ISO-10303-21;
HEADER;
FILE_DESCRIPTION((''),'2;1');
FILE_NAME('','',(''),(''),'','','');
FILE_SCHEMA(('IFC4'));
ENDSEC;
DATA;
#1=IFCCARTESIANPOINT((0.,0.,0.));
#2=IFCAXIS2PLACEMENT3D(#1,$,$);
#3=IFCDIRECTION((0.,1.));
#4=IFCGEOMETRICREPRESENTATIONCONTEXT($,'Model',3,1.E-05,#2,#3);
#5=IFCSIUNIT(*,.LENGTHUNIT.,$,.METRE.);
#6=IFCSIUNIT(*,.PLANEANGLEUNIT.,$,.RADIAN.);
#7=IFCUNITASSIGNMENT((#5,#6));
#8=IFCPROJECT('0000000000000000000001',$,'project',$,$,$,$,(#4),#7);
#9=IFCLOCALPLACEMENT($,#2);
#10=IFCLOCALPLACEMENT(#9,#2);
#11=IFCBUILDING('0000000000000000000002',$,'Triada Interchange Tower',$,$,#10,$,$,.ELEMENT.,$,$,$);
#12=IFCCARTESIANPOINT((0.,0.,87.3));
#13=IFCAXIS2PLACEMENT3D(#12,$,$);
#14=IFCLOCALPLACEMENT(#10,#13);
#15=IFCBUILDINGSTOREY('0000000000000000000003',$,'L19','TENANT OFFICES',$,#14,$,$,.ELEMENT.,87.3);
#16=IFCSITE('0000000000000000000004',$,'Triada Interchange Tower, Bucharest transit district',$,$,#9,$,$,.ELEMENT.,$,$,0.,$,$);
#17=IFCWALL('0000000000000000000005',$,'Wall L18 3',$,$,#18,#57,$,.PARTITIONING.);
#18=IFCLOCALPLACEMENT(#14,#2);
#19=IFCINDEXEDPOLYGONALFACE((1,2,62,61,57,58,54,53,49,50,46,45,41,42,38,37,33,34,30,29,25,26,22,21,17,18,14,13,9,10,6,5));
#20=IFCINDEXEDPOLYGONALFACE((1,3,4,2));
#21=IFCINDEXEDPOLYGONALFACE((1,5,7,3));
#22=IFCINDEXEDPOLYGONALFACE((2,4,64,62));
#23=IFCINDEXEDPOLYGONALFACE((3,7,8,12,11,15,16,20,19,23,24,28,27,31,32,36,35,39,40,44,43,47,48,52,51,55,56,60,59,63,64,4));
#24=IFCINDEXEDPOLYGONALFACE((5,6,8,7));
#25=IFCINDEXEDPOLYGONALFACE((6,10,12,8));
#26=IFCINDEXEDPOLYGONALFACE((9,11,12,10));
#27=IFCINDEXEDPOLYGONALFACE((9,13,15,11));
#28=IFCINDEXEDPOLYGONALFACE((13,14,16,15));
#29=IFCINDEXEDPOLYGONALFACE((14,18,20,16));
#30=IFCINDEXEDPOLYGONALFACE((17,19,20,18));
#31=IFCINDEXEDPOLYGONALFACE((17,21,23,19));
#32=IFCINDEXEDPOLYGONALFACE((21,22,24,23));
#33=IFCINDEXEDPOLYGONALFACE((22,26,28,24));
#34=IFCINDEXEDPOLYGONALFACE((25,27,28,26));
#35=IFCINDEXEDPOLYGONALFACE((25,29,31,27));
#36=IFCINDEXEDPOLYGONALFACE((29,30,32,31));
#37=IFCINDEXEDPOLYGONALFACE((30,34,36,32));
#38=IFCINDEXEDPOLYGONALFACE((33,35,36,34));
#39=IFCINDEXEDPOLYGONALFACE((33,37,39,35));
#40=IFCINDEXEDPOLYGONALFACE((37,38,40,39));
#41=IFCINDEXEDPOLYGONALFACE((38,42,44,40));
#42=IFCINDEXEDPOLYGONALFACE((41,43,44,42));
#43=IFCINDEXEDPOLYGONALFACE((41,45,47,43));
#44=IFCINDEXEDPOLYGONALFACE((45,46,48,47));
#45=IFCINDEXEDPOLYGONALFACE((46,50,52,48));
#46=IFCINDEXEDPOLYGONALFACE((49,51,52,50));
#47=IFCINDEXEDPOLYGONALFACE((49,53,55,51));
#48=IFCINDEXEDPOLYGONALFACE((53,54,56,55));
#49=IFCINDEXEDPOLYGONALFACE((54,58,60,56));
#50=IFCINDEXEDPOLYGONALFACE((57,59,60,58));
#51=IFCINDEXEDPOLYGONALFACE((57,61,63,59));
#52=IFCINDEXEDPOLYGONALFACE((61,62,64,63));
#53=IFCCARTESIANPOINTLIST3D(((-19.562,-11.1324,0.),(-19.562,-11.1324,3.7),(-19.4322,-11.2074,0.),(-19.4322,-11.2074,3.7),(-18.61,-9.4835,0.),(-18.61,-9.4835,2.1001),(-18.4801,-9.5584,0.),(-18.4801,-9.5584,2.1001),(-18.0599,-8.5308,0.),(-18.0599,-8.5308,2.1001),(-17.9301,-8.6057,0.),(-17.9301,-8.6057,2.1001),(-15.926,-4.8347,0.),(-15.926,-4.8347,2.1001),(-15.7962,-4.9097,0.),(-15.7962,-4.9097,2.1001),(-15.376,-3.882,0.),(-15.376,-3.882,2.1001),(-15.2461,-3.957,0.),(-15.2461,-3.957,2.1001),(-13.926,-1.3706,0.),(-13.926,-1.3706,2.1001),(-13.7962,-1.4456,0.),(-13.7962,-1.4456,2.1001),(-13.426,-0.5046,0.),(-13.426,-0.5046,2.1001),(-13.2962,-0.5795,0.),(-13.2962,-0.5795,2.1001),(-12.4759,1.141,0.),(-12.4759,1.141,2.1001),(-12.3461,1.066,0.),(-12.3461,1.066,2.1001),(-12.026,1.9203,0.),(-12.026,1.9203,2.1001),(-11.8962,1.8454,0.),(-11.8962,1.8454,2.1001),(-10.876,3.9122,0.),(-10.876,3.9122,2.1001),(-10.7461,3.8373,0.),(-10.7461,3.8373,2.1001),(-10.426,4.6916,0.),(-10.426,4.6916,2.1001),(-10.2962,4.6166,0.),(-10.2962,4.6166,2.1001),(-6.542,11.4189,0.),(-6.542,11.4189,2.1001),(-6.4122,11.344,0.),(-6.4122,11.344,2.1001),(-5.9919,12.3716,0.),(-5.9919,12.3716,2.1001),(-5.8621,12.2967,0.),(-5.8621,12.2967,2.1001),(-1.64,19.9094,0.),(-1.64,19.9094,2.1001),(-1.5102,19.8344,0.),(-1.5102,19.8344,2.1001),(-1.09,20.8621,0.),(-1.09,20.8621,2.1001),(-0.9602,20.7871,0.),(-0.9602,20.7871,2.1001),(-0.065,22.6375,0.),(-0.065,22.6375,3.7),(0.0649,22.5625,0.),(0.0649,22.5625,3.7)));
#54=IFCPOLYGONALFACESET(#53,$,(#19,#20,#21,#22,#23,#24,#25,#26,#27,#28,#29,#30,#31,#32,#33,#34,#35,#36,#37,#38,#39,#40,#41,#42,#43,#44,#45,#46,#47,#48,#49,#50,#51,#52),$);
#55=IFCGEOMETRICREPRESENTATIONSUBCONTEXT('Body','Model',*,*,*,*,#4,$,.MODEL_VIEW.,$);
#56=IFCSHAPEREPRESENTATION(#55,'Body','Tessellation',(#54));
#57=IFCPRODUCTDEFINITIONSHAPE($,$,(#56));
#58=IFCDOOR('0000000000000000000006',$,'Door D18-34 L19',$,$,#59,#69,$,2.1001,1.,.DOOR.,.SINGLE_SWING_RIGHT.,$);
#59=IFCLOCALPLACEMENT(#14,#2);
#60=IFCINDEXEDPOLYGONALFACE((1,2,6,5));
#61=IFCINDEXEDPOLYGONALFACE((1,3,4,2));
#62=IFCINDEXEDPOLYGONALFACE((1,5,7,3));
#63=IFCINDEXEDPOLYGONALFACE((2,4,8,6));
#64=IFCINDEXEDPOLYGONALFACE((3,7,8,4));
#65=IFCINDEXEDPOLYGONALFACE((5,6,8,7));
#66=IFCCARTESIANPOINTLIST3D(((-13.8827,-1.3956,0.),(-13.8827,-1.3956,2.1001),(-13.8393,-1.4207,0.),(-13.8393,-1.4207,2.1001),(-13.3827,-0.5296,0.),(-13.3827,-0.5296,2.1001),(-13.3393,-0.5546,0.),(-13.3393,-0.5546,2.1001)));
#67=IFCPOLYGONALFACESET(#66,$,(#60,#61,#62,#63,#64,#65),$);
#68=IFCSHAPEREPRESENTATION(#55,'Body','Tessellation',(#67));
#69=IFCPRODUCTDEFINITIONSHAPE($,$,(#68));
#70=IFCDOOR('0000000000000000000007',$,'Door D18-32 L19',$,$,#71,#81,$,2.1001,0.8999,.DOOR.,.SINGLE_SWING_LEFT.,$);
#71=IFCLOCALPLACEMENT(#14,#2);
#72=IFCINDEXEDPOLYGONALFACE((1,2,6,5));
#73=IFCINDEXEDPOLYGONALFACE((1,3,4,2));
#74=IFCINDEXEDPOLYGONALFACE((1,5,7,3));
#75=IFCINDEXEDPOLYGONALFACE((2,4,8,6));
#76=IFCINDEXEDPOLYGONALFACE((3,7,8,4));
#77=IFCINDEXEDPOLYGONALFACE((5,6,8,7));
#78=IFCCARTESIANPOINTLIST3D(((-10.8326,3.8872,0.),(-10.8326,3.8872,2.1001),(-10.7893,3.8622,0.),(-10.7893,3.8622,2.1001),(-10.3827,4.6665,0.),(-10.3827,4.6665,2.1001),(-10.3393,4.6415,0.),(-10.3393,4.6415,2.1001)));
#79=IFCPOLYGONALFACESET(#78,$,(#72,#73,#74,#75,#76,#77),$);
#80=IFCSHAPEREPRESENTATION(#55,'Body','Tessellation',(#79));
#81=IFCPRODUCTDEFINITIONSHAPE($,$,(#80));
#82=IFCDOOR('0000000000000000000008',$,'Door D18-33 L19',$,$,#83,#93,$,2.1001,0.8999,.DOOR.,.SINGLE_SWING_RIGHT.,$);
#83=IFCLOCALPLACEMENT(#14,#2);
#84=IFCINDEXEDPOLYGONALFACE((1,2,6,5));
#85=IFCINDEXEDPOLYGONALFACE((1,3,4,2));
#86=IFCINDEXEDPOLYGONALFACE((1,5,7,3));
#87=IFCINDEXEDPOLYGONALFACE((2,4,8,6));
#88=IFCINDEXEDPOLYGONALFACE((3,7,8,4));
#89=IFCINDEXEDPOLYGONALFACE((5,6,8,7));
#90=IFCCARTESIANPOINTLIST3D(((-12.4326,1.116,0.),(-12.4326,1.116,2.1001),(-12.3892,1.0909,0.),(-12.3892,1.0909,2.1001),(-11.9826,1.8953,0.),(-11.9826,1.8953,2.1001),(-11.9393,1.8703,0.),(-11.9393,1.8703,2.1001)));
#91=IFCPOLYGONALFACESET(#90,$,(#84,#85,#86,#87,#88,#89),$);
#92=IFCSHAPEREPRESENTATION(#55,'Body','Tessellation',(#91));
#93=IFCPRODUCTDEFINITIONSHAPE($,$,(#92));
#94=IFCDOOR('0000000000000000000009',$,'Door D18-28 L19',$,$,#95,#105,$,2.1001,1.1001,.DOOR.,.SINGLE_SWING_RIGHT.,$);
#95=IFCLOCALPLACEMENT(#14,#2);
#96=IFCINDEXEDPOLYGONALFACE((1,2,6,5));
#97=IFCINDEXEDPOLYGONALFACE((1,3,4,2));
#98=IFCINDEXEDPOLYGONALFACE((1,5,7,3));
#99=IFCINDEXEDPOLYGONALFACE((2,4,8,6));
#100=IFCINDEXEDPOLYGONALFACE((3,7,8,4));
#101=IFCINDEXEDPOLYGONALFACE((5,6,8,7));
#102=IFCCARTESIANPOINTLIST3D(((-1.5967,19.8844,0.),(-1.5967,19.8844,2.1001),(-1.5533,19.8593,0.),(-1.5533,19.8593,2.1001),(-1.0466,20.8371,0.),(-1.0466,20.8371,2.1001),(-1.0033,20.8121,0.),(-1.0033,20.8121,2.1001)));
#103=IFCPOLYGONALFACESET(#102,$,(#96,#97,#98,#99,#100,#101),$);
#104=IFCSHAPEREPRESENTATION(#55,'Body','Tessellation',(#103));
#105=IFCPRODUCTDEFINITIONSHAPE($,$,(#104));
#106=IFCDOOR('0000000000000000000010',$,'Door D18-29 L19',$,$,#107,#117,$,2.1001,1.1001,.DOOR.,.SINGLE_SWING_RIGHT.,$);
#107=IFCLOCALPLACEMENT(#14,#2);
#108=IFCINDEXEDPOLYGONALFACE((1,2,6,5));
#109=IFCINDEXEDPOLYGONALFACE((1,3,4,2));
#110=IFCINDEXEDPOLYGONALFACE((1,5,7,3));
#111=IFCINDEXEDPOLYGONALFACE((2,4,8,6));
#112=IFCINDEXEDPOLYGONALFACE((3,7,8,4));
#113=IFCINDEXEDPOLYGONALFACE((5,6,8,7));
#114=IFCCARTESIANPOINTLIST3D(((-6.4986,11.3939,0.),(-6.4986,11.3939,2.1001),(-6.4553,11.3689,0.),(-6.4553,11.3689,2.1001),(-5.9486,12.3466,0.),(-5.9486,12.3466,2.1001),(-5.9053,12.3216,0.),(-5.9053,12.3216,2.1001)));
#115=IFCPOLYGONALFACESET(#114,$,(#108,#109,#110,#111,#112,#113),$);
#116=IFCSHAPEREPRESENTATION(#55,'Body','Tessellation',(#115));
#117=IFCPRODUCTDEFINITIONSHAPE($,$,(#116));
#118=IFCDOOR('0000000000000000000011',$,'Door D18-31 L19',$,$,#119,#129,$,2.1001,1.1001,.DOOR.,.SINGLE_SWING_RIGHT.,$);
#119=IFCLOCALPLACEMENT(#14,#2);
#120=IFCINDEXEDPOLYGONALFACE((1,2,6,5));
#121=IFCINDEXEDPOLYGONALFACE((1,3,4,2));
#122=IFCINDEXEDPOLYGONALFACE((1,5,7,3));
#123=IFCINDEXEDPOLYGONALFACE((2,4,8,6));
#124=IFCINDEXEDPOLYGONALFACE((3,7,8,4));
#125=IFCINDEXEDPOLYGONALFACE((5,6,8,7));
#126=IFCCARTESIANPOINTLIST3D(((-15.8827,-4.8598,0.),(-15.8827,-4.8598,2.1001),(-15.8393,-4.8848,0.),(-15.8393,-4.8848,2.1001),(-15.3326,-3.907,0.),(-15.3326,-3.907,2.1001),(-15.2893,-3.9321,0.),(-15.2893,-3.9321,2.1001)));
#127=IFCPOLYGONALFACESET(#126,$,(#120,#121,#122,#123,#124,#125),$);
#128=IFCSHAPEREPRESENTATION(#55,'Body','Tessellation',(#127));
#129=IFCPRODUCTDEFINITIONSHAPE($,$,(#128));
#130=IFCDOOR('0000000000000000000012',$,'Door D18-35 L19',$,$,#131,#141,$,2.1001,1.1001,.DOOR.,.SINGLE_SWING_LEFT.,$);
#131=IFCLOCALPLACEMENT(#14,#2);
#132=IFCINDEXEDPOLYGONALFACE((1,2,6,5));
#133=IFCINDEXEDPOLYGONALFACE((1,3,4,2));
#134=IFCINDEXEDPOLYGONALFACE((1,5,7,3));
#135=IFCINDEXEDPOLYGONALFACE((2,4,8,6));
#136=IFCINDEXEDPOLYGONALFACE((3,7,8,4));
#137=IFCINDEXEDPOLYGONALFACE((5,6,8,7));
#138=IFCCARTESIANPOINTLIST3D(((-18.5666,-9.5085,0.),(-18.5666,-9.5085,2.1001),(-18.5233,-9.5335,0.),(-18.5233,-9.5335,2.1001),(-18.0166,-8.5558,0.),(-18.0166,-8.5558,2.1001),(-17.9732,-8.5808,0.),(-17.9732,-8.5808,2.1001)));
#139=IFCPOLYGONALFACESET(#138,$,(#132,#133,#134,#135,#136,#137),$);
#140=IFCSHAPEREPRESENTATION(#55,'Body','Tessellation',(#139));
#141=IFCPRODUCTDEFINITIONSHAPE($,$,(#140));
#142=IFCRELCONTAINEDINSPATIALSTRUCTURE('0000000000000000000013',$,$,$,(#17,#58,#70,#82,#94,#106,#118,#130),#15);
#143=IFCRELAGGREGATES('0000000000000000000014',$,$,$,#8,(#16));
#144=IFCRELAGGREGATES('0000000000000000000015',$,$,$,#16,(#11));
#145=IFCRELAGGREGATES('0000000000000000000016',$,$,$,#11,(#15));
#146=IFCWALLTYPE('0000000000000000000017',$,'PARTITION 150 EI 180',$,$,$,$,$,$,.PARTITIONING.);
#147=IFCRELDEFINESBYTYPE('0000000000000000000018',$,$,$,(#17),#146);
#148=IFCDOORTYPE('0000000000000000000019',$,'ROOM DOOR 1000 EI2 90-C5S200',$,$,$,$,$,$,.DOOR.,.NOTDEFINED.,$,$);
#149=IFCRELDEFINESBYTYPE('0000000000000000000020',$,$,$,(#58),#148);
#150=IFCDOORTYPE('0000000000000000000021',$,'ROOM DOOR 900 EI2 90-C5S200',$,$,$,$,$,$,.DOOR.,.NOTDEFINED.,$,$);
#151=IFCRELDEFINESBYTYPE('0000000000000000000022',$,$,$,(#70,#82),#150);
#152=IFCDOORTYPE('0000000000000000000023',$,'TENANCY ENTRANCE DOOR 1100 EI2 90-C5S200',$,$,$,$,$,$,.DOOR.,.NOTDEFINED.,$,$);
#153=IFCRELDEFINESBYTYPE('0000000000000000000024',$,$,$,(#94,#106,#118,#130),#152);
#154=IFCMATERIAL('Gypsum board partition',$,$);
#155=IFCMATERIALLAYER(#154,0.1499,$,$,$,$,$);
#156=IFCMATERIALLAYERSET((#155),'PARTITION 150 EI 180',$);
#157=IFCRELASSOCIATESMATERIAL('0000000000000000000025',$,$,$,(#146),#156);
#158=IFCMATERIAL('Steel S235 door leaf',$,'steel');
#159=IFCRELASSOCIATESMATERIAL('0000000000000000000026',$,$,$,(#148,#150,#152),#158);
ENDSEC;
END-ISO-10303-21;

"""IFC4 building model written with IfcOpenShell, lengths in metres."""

from ifc_helpers import new_model, si_unit, direction, frame, frame_2d, origin, place, context, subcontext, project, spatial, rectangle, extrude, material, layer, layer_set, type_object, element, fill, save


model = new_model("IFC4")

# Units and contexts
model_context = context("Model", 3, precision=1e-05, world=origin(), true_north=direction((0.0, 1.0)))
body_context = subcontext(model_context, "Body", "Model", "MODEL_VIEW")
ifc_project = project(units=[si_unit("LENGTHUNIT", "METRE"), si_unit("PLANEANGLEUNIT", "RADIAN")], contexts=[model_context])

# Site, building, storey
site_placement = place(None, origin())
site = spatial("IfcSite", under=ifc_project, at=site_placement, Name="Triada Interchange Tower, Bucharest transit district", CompositionType="ELEMENT", RefElevation=0.0)
building_placement = place(site_placement, origin())
building = spatial("IfcBuilding", under=site, at=building_placement, Name="Triada Interchange Tower", CompositionType="ELEMENT")
storey_placement = place(building_placement, frame((0.0, 0.0, 87.3)))
storey = spatial("IfcBuildingStorey", under=building, at=storey_placement, Name="L19", Description="TENANT OFFICES", CompositionType="ELEMENT", Elevation=87.3)

# Wall, openings, doors
ifc_material_1 = material(Name="Gypsum board partition")
ifc_layer_1 = layer(ifc_material_1, 0.1499)
ifc_layer_set_1 = layer_set([ifc_layer_1], Name="PARTITION 150 EI 180")
wall_type_1 = type_object("IfcWallType", Name="PARTITION 150 EI 180", PredefinedType="PARTITIONING", material=ifc_layer_set_1)
wall_1_placement = place(storey_placement, frame((-19.4971, -11.1699, 0.0), z_axis=(0.0, 0.0, 1.0), x_axis=(0.499999, 0.866026, 0.0)))
wall_1 = element("IfcWall", 1, at=wall_1_placement, inside=storey, type_object=wall_type_1, Name="Wall L18 3", PredefinedType="PARTITIONING", context=body_context, shape_type="SweptSolid", body=[
    extrude(rectangle(XDim=38.9941, YDim=0.1499, at=frame_2d((19.4971, 0.0))), origin(), (0.0, 0.0, 1.0), 3.7),
])
opening_1_placement = place(wall_1_placement, frame((35.844, 0.0, 0.0)))
opening_1 = element("IfcOpeningElement", 2, at=opening_1_placement, cuts=wall_1, PredefinedType="OPENING", context=body_context, shape_type="SweptSolid", body=[
    extrude(rectangle(XDim=1.1001, YDim=2.1001, at=frame_2d((0.55, 1.05))), frame((0.0, 0.085, 0.0), z_axis=(0.0, -1.0, 0.0), x_axis=(1.0, 0.0, 0.0)), (0.0, 0.0, 1.0), 0.1699),
])
opening_2_placement = place(wall_1_placement, frame((26.04, 0.0, 0.0)))
opening_2 = element("IfcOpeningElement", 3, at=opening_2_placement, cuts=wall_1, PredefinedType="OPENING", context=body_context, shape_type="SweptSolid", body=[
    extrude(rectangle(XDim=1.1001, YDim=2.1001, at=frame_2d((0.55, 1.05))), frame((0.0, 0.085, 0.0), z_axis=(0.0, -1.0, 0.0), x_axis=(1.0, 0.0, 0.0)), (0.0, 0.0, 1.0), 0.1699),
])
opening_3_placement = place(wall_1_placement, frame((7.272, 0.0, 0.0)))
opening_3 = element("IfcOpeningElement", 4, at=opening_3_placement, cuts=wall_1, PredefinedType="OPENING", context=body_context, shape_type="SweptSolid", body=[
    extrude(rectangle(XDim=1.1001, YDim=2.1001, at=frame_2d((0.55, 1.05))), frame((0.0, 0.085, 0.0), z_axis=(0.0, -1.0, 0.0), x_axis=(1.0, 0.0, 0.0)), (0.0, 0.0, 1.0), 0.1699),
])
opening_4_placement = place(wall_1_placement, frame((17.3721, 0.0, 0.0)))
opening_4 = element("IfcOpeningElement", 5, at=opening_4_placement, cuts=wall_1, PredefinedType="OPENING", context=body_context, shape_type="SweptSolid", body=[
    extrude(rectangle(XDim=0.8999, YDim=2.1001, at=frame_2d((0.45, 1.05))), frame((0.0, 0.085, 0.0), z_axis=(0.0, -1.0, 0.0), x_axis=(1.0, 0.0, 0.0)), (0.0, 0.0, 1.0), 0.1699),
])
opening_5_placement = place(wall_1_placement, frame((14.1721, 0.0, 0.0)))
opening_5 = element("IfcOpeningElement", 6, at=opening_5_placement, cuts=wall_1, PredefinedType="OPENING", context=body_context, shape_type="SweptSolid", body=[
    extrude(rectangle(XDim=0.8999, YDim=2.1001, at=frame_2d((0.45, 1.05))), frame((0.0, 0.085, 0.0), z_axis=(0.0, -1.0, 0.0), x_axis=(1.0, 0.0, 0.0)), (0.0, 0.0, 1.0), 0.1699),
])
opening_6_placement = place(wall_1_placement, frame((11.272, 0.0, 0.0)))
opening_6 = element("IfcOpeningElement", 7, at=opening_6_placement, cuts=wall_1, PredefinedType="OPENING", context=body_context, shape_type="SweptSolid", body=[
    extrude(rectangle(XDim=1.0, YDim=2.1001, at=frame_2d((0.5, 1.05))), frame((0.0, 0.085, 0.0), z_axis=(0.0, -1.0, 0.0), x_axis=(1.0, 0.0, 0.0)), (0.0, 0.0, 1.0), 0.1699),
])
opening_7_placement = place(wall_1_placement, frame((1.9041, 0.0, 0.0)))
opening_7 = element("IfcOpeningElement", 8, at=opening_7_placement, cuts=wall_1, PredefinedType="OPENING", context=body_context, shape_type="SweptSolid", body=[
    extrude(rectangle(XDim=1.1001, YDim=2.1001, at=frame_2d((0.55, 1.05))), frame((0.0, 0.085, 0.0), z_axis=(0.0, -1.0, 0.0), x_axis=(1.0, 0.0, 0.0)), (0.0, 0.0, 1.0), 0.1699),
])
ifc_material_2 = material(Name="Steel S235 door leaf", Category="steel")
door_type_1 = type_object("IfcDoorType", Name="ROOM DOOR 1000 EI2 90-C5S200", OperationType="NOTDEFINED", PredefinedType="DOOR", material=ifc_material_2)
door_1_placement = place(opening_6_placement, origin())
door_1 = element("IfcDoor", 9, at=door_1_placement, inside=storey, type_object=door_type_1, Name="Door D18-34 L19", OperationType="SINGLE_SWING_RIGHT", OverallHeight=2.1001, OverallWidth=1.0, PredefinedType="DOOR", context=body_context, shape_type="SweptSolid", body=[
    extrude(rectangle(XDim=1.0, YDim=2.1001, at=frame_2d((0.5, 1.05))), frame((0.0, 0.0249, 0.0), z_axis=(0.0, -1.0, 0.0), x_axis=(1.0, 0.0, 0.0)), (0.0, 0.0, 1.0), 0.05),
])
fill(opening_6, door_1)
door_type_2 = type_object("IfcDoorType", Name="ROOM DOOR 900 EI2 90-C5S200", OperationType="NOTDEFINED", PredefinedType="DOOR", material=ifc_material_2)
door_2_placement = place(opening_4_placement, origin())
door_2 = element("IfcDoor", 10, at=door_2_placement, inside=storey, type_object=door_type_2, Name="Door D18-32 L19", OperationType="SINGLE_SWING_LEFT", OverallHeight=2.1001, OverallWidth=0.8999, PredefinedType="DOOR", context=body_context, shape_type="SweptSolid", body=[
    extrude(rectangle(XDim=0.8999, YDim=2.1001, at=frame_2d((0.45, 1.05))), frame((0.0, 0.0249, 0.0), z_axis=(0.0, -1.0, 0.0), x_axis=(1.0, 0.0, 0.0)), (0.0, 0.0, 1.0), 0.05),
])
fill(opening_4, door_2)
door_3_placement = place(opening_5_placement, origin())
door_3 = element("IfcDoor", 11, at=door_3_placement, inside=storey, type_object=door_type_2, Name="Door D18-33 L19", OperationType="SINGLE_SWING_RIGHT", OverallHeight=2.1001, OverallWidth=0.8999, PredefinedType="DOOR", context=body_context, shape_type="SweptSolid", body=[
    extrude(rectangle(XDim=0.8999, YDim=2.1001, at=frame_2d((0.45, 1.05))), frame((0.0, 0.0249, 0.0), z_axis=(0.0, -1.0, 0.0), x_axis=(1.0, 0.0, 0.0)), (0.0, 0.0, 1.0), 0.05),
])
fill(opening_5, door_3)
door_type_3 = type_object("IfcDoorType", Name="TENANCY ENTRANCE DOOR 1100 EI2 90-C5S200", OperationType="NOTDEFINED", PredefinedType="DOOR", material=ifc_material_2)
door_4_placement = place(opening_1_placement, origin())
door_4 = element("IfcDoor", 12, at=door_4_placement, inside=storey, type_object=door_type_3, Name="Door D18-28 L19", OperationType="SINGLE_SWING_RIGHT", OverallHeight=2.1001, OverallWidth=1.1001, PredefinedType="DOOR", context=body_context, shape_type="SweptSolid", body=[
    extrude(rectangle(XDim=1.1001, YDim=2.1001, at=frame_2d((0.55, 1.05))), frame((0.0, 0.0249, 0.0), z_axis=(0.0, -1.0, 0.0), x_axis=(1.0, 0.0, 0.0)), (0.0, 0.0, 1.0), 0.05),
])
fill(opening_1, door_4)
door_5_placement = place(opening_2_placement, origin())
door_5 = element("IfcDoor", 13, at=door_5_placement, inside=storey, type_object=door_type_3, Name="Door D18-29 L19", OperationType="SINGLE_SWING_RIGHT", OverallHeight=2.1001, OverallWidth=1.1001, PredefinedType="DOOR", context=body_context, shape_type="SweptSolid", body=[
    extrude(rectangle(XDim=1.1001, YDim=2.1001, at=frame_2d((0.55, 1.05))), frame((0.0, 0.0249, 0.0), z_axis=(0.0, -1.0, 0.0), x_axis=(1.0, 0.0, 0.0)), (0.0, 0.0, 1.0), 0.05),
])
fill(opening_2, door_5)
door_6_placement = place(opening_3_placement, origin())
door_6 = element("IfcDoor", 14, at=door_6_placement, inside=storey, type_object=door_type_3, Name="Door D18-31 L19", OperationType="SINGLE_SWING_RIGHT", OverallHeight=2.1001, OverallWidth=1.1001, PredefinedType="DOOR", context=body_context, shape_type="SweptSolid", body=[
    extrude(rectangle(XDim=1.1001, YDim=2.1001, at=frame_2d((0.55, 1.05))), frame((0.0, 0.0249, 0.0), z_axis=(0.0, -1.0, 0.0), x_axis=(1.0, 0.0, 0.0)), (0.0, 0.0, 1.0), 0.05),
])
fill(opening_3, door_6)
door_7_placement = place(opening_7_placement, origin())
door_7 = element("IfcDoor", 15, at=door_7_placement, inside=storey, type_object=door_type_3, Name="Door D18-35 L19", OperationType="SINGLE_SWING_LEFT", OverallHeight=2.1001, OverallWidth=1.1001, PredefinedType="DOOR", context=body_context, shape_type="SweptSolid", body=[
    extrude(rectangle(XDim=1.1001, YDim=2.1001, at=frame_2d((0.55, 1.05))), frame((0.0, 0.0249, 0.0), z_axis=(0.0, -1.0, 0.0), x_axis=(1.0, 0.0, 0.0)), (0.0, 0.0, 1.0), 0.05),
])
fill(opening_7, door_7)

save(model, "model.ifc")
